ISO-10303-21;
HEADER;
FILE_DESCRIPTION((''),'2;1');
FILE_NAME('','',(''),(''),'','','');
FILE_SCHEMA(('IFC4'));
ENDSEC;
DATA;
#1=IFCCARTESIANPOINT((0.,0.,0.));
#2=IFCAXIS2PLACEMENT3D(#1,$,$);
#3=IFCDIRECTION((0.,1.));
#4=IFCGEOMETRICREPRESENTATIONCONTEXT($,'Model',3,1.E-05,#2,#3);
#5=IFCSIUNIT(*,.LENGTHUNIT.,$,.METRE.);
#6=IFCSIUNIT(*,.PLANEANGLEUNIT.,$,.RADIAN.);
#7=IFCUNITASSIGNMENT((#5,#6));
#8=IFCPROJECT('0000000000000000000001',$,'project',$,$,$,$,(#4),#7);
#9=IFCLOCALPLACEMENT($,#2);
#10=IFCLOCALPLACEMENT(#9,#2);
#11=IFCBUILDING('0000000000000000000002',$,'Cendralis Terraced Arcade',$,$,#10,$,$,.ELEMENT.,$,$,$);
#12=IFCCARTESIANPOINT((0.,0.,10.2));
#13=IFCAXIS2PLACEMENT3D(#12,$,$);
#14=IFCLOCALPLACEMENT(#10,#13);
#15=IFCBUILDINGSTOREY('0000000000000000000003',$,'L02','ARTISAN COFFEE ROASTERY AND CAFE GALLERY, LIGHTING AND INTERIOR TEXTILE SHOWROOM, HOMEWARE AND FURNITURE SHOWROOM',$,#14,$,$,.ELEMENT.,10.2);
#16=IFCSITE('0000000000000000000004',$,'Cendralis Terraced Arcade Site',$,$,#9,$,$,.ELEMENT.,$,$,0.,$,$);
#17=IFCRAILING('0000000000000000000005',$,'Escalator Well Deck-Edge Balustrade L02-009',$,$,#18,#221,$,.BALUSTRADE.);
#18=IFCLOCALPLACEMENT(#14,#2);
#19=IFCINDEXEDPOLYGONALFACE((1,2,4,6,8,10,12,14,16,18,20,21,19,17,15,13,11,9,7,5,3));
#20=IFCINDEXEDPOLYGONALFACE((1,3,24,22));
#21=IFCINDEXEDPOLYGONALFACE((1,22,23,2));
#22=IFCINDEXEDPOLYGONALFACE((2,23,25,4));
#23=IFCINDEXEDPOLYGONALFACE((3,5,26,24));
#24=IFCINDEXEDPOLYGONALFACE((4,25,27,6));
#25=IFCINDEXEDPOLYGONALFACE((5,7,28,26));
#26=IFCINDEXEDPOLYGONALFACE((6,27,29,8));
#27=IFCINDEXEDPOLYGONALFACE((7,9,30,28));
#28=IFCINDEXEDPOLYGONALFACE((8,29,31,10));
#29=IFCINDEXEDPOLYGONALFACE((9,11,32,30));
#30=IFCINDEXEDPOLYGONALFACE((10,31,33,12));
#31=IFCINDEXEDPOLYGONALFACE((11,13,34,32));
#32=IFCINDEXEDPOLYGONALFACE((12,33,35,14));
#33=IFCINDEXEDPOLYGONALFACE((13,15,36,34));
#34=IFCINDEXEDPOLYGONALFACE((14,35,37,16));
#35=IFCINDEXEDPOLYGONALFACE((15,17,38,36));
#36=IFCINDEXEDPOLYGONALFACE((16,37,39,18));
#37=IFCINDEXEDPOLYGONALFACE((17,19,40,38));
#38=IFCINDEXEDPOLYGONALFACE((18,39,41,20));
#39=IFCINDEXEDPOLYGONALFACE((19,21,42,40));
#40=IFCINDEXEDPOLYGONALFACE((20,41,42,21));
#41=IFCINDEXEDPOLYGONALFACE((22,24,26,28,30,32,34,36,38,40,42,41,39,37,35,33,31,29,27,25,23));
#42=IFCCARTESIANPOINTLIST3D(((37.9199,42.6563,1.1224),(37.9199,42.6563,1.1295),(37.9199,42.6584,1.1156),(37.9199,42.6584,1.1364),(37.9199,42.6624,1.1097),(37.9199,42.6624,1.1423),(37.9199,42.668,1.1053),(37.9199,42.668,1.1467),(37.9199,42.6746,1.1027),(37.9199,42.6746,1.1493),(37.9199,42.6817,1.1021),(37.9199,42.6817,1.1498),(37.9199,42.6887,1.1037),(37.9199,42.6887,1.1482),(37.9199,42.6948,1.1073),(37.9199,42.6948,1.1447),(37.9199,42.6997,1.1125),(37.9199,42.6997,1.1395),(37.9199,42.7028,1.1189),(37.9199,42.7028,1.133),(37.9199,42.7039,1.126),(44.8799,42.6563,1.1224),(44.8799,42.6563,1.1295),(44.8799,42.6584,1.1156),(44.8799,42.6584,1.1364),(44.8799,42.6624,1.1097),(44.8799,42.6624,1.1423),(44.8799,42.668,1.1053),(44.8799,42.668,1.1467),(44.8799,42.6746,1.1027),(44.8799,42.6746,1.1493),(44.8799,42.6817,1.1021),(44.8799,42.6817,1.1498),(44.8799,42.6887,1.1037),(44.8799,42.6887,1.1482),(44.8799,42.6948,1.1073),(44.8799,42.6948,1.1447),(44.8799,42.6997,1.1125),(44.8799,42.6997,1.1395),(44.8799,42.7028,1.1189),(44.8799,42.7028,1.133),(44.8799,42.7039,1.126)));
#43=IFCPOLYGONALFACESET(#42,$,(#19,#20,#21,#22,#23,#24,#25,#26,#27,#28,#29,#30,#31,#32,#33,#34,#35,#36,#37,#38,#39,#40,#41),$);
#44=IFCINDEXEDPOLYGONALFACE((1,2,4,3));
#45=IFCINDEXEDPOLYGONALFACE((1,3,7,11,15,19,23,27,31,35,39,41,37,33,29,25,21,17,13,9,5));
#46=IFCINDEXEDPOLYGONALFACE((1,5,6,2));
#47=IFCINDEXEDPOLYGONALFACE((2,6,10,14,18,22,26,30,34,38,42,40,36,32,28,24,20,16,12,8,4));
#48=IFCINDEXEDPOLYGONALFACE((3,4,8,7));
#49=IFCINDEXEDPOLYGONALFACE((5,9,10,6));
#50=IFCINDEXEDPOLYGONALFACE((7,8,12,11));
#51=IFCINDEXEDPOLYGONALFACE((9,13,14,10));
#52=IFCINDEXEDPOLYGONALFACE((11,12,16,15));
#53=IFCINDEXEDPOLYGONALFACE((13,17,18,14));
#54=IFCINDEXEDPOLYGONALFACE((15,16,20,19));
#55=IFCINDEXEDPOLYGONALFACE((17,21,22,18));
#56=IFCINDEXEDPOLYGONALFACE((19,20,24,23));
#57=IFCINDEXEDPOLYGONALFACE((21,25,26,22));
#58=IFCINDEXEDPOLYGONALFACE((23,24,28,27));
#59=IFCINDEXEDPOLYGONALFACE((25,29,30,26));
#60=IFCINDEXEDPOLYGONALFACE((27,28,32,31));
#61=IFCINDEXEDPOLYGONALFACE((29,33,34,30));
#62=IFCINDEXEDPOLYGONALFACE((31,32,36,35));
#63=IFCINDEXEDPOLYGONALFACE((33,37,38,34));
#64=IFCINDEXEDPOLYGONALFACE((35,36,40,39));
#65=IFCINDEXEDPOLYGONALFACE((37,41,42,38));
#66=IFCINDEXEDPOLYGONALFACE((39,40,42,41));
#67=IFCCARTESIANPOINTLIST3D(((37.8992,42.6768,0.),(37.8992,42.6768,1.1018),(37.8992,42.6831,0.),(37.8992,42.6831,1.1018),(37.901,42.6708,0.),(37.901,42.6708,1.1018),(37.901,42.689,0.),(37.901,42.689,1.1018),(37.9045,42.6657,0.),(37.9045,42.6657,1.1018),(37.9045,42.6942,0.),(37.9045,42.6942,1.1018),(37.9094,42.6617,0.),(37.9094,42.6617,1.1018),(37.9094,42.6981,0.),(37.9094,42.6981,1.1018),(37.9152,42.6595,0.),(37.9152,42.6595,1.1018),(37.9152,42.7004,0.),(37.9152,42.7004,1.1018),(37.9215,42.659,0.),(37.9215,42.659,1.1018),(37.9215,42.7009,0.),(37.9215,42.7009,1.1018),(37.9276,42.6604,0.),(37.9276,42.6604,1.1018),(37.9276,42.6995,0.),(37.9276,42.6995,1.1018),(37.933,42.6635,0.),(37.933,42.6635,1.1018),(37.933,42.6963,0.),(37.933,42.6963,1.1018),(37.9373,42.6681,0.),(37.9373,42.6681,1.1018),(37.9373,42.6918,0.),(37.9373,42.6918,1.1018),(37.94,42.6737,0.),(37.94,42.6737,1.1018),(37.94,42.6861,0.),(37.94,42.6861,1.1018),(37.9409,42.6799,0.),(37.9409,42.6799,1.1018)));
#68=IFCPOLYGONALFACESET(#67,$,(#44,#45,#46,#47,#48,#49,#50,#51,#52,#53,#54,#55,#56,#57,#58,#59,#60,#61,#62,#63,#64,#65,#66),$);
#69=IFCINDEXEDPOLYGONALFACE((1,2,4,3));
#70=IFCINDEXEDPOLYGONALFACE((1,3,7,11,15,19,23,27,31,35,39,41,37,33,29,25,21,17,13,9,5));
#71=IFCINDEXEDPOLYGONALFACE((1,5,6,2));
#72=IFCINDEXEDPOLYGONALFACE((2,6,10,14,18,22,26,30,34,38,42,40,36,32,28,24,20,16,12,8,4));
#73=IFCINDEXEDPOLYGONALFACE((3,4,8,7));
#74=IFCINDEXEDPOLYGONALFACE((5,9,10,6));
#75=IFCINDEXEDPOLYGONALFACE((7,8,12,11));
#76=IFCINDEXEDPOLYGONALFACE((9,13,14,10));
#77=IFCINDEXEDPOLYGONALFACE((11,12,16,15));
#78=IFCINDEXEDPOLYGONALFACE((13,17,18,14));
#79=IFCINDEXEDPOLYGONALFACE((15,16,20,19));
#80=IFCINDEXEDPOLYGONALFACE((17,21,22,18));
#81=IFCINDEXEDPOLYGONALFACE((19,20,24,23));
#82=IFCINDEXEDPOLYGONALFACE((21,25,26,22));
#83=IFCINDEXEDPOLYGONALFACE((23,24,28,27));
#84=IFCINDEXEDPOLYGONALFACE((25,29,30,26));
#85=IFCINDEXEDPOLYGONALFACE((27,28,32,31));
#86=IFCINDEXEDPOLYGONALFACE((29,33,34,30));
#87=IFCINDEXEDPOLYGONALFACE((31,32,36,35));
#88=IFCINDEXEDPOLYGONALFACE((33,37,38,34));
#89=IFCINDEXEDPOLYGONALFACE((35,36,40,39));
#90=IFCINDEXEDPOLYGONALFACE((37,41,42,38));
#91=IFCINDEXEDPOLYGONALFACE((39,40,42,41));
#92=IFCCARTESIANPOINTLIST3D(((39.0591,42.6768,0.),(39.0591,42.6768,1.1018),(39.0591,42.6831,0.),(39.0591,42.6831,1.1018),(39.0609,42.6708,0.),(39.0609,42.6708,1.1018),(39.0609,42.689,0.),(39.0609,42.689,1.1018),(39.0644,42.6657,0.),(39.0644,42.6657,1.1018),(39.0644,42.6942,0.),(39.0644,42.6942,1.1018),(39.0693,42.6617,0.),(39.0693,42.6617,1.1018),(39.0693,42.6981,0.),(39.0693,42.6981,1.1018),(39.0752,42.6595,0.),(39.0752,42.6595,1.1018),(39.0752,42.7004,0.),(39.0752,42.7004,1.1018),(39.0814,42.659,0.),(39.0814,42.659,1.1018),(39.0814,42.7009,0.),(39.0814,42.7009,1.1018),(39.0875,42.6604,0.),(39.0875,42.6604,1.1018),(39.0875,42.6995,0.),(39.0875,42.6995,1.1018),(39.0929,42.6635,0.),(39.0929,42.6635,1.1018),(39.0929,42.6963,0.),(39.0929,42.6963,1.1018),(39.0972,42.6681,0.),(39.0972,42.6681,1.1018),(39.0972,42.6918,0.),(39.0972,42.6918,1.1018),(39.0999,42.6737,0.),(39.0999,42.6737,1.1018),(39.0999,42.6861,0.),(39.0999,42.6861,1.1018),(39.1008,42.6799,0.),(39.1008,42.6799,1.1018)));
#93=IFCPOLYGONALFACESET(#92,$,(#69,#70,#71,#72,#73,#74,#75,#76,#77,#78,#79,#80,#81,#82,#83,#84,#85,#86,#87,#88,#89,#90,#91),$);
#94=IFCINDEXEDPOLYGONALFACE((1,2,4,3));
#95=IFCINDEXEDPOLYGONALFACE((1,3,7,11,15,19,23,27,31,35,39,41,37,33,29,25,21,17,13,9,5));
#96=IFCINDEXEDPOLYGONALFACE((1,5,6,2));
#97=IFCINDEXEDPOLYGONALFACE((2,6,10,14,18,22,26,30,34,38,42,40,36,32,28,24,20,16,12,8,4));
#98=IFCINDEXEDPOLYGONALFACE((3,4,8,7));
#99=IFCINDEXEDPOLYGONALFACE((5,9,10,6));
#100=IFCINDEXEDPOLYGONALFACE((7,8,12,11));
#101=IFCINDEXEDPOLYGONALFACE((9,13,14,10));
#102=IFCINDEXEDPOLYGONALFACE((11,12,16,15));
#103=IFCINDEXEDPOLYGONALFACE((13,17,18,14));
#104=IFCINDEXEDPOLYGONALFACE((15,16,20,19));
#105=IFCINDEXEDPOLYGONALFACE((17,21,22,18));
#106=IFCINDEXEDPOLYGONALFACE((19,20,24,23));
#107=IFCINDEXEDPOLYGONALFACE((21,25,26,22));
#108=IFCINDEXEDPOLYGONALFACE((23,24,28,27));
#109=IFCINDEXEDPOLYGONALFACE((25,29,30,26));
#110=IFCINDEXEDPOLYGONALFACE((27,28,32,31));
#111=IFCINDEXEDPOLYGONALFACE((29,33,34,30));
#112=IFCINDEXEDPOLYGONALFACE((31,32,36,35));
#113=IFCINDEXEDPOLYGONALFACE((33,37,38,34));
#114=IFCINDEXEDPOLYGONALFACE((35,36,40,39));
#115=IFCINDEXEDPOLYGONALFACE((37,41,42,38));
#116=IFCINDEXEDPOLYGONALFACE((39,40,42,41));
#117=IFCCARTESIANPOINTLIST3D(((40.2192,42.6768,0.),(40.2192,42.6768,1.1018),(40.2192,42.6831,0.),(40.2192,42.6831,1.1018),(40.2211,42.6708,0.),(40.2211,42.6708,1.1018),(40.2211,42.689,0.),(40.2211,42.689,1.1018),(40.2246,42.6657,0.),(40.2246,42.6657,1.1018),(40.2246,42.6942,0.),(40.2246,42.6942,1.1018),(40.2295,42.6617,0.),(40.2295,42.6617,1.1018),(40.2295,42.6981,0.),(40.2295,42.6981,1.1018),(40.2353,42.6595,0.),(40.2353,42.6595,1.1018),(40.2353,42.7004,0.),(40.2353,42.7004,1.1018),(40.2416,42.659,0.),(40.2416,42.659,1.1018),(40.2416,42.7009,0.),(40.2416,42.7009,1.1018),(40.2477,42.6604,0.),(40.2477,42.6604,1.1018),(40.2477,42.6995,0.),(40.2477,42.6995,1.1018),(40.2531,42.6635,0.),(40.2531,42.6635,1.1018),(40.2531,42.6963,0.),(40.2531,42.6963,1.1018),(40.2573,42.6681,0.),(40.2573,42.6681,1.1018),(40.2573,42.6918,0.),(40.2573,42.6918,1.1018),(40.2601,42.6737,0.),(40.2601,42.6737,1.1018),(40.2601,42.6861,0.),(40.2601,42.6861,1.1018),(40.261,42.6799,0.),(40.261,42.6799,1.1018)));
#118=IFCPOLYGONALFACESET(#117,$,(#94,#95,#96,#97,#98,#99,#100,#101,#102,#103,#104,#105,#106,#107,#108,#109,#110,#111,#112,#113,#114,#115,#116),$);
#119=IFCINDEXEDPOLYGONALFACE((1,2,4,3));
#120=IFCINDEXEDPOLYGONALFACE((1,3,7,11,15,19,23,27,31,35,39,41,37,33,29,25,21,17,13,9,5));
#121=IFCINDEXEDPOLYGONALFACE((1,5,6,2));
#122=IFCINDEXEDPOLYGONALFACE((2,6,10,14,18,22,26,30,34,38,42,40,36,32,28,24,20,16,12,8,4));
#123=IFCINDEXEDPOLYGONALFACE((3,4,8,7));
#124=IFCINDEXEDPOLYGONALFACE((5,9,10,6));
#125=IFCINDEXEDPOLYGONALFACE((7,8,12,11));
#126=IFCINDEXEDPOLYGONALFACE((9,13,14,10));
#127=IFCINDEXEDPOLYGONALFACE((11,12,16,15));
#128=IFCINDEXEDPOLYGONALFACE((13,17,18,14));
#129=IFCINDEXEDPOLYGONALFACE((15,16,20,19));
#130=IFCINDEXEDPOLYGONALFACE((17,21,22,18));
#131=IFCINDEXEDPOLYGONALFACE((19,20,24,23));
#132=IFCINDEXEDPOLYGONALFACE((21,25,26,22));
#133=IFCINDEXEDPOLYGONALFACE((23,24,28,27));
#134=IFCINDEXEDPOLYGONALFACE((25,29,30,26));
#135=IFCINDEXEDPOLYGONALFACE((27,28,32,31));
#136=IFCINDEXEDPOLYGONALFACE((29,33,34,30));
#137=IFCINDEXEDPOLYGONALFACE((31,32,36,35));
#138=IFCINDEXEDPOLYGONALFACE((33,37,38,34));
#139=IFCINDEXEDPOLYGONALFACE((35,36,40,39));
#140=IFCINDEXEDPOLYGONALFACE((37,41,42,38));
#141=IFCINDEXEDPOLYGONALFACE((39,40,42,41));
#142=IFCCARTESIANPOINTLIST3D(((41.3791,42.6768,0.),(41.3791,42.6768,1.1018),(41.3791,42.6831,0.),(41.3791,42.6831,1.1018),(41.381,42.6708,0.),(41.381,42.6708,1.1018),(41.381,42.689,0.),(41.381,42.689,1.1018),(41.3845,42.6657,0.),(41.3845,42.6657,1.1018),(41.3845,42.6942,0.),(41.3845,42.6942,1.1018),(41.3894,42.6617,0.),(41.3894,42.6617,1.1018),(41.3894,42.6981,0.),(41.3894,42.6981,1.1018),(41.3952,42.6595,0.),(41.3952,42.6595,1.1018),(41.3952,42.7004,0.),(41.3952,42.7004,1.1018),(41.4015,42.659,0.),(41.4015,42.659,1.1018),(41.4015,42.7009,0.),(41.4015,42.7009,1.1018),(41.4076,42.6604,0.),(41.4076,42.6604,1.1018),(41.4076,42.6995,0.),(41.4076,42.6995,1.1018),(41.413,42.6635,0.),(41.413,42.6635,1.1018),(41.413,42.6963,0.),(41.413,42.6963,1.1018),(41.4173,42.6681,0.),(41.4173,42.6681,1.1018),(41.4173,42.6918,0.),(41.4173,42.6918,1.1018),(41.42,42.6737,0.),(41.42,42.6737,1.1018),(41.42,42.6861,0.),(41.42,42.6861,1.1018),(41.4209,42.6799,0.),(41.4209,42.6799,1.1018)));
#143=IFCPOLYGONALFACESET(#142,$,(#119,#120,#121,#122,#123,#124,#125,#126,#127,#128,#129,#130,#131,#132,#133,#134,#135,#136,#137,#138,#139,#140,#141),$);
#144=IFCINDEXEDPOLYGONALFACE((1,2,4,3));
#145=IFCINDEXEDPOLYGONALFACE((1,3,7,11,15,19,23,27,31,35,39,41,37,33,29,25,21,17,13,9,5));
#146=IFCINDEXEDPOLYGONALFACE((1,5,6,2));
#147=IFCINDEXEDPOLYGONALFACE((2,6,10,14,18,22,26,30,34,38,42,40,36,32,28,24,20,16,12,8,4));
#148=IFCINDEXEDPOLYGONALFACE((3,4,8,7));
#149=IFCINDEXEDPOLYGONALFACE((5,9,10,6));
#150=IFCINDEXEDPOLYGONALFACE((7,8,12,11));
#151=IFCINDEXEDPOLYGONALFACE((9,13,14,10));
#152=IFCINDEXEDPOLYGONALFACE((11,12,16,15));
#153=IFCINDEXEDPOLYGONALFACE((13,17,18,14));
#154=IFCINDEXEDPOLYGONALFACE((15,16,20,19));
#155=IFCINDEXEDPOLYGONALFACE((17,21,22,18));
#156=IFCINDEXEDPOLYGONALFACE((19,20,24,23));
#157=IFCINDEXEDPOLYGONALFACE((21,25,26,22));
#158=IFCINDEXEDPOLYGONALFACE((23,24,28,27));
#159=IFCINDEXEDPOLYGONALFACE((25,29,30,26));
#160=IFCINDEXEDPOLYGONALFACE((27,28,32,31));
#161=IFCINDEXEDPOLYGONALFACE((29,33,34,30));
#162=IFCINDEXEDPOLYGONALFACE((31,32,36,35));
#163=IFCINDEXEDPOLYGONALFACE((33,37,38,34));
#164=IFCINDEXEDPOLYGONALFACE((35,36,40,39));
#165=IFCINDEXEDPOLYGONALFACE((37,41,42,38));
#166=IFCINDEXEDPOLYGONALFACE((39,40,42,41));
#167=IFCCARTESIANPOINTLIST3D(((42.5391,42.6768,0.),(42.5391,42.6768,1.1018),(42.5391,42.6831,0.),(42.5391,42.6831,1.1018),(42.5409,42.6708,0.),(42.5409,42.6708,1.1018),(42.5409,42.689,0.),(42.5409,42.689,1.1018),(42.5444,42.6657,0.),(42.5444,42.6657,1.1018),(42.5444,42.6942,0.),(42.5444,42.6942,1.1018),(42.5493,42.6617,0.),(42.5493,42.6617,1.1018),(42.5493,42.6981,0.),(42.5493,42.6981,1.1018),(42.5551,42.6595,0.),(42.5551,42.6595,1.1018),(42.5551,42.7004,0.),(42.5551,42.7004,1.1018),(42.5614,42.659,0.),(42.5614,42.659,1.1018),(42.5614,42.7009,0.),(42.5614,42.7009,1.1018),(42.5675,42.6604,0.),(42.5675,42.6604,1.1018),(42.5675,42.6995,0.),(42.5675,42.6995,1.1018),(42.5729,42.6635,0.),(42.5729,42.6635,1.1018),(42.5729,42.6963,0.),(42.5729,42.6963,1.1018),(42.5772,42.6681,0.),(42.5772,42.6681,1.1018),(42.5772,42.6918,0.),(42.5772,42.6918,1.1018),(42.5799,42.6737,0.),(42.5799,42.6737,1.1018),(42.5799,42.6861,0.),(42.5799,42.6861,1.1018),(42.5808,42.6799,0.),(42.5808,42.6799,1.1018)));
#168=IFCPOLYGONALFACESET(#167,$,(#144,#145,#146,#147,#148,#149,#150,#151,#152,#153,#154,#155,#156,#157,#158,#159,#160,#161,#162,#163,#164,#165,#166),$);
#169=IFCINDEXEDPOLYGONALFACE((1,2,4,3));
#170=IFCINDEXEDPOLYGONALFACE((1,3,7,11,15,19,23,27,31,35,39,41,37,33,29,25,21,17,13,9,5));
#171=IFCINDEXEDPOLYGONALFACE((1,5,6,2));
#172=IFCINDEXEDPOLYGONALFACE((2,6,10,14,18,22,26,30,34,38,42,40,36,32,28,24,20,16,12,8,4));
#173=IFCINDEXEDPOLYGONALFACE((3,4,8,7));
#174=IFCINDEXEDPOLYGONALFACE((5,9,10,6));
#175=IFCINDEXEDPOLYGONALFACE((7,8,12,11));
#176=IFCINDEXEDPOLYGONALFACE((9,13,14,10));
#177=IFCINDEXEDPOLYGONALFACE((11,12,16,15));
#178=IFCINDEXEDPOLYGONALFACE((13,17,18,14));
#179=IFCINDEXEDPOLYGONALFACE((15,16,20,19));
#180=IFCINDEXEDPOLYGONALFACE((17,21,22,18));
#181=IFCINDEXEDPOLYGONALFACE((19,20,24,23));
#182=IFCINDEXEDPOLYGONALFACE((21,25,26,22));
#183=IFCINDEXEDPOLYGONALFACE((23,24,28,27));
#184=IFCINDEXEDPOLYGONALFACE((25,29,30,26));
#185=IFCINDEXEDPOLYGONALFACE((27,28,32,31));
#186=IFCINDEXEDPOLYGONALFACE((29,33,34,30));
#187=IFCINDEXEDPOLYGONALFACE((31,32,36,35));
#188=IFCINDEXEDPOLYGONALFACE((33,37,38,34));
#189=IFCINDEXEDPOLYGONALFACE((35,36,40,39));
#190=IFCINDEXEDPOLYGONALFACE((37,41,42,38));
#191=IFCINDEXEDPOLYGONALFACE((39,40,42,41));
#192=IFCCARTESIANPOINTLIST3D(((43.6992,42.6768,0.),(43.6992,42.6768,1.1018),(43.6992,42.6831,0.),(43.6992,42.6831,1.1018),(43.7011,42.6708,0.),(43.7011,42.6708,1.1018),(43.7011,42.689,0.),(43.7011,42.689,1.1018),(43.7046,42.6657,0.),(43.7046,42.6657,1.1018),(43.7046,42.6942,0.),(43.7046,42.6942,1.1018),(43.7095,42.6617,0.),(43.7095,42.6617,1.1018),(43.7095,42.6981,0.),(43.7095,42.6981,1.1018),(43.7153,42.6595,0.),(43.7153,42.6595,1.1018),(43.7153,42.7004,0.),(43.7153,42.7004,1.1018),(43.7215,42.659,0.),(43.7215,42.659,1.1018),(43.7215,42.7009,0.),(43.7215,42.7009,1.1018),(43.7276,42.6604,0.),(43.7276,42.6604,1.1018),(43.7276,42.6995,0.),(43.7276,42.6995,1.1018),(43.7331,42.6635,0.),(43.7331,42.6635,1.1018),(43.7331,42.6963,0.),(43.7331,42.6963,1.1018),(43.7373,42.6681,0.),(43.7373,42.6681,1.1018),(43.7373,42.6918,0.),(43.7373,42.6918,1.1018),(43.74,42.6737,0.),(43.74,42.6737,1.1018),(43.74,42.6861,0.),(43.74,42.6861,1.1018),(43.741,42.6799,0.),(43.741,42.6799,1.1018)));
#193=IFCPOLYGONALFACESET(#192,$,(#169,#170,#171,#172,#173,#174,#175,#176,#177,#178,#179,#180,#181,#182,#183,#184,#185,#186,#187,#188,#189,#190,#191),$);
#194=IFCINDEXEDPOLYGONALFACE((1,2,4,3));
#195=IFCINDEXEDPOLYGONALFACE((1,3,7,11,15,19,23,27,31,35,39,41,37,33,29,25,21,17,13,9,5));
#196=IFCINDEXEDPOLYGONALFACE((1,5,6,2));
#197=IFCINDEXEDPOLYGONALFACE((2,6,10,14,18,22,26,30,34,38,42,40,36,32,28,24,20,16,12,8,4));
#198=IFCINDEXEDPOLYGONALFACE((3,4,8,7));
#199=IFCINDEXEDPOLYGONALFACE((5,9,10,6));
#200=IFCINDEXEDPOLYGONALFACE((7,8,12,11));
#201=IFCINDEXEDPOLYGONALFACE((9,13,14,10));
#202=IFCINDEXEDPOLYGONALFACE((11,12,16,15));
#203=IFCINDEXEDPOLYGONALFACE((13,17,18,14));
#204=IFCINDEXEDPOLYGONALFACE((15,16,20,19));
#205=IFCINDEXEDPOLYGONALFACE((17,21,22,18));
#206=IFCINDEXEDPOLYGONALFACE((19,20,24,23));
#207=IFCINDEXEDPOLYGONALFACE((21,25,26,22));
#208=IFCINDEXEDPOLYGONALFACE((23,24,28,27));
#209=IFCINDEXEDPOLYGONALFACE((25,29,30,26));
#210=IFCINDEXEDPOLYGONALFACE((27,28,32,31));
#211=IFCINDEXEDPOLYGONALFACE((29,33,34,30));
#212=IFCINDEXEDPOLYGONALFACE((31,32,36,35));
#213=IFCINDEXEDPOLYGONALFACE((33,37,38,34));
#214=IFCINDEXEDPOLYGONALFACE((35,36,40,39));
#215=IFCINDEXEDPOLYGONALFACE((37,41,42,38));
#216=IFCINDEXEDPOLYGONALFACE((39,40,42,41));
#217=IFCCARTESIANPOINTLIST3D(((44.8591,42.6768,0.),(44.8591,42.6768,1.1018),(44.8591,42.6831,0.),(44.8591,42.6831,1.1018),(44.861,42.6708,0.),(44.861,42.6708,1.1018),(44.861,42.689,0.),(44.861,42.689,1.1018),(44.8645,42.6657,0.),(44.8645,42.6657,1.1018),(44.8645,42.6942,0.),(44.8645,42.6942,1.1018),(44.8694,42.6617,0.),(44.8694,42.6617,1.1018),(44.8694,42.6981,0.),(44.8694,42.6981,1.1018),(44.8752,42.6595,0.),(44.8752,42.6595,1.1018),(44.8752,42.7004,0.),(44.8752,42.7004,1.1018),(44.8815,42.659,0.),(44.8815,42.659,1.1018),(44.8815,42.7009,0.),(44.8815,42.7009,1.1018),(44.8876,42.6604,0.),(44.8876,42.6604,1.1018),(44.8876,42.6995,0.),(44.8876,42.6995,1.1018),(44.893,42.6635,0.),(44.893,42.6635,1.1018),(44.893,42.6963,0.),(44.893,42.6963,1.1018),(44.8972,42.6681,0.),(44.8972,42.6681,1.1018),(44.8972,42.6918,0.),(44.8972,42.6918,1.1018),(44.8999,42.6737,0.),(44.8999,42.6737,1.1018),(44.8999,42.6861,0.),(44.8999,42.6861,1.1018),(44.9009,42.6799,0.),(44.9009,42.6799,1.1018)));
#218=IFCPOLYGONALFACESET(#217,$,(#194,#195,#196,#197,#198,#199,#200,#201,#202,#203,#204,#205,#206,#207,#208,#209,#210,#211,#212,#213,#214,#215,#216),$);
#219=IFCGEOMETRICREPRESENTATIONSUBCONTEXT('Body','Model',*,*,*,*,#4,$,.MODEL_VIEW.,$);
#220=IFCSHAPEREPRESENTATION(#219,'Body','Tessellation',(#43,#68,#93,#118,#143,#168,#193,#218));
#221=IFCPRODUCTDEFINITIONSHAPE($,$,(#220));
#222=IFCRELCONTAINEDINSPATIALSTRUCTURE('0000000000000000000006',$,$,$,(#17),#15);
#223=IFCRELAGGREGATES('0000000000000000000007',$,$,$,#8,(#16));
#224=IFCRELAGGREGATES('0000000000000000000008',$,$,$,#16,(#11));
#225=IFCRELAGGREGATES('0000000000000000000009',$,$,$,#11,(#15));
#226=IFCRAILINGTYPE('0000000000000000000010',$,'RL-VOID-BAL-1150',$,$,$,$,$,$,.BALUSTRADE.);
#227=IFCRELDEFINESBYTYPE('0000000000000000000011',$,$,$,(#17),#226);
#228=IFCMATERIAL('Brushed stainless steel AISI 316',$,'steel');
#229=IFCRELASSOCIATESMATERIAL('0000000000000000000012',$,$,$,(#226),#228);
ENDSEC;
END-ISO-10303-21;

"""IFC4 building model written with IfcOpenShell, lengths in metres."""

from ifc_helpers import new_model, si_unit, direction, frame, origin, origin_2d, place, context, subcontext, project, spatial, circle, extrude, material, type_object, element, save


model = new_model("IFC4")

# Units and contexts
model_context = context("Model", 3, precision=1e-05, world=origin(), true_north=direction((0.0, 1.0)))
body_context = subcontext(model_context, "Body", "Model", "MODEL_VIEW")
ifc_project = project(units=[si_unit("LENGTHUNIT", "METRE"), si_unit("PLANEANGLEUNIT", "RADIAN")], contexts=[model_context])

# Site, building, storey
site_placement = place(None, origin())
site = spatial("IfcSite", under=ifc_project, at=site_placement, Name="Cendralis Terraced Arcade Site", CompositionType="ELEMENT", RefElevation=0.0)
building_placement = place(site_placement, origin())
building = spatial("IfcBuilding", under=site, at=building_placement, Name="Cendralis Terraced Arcade", CompositionType="ELEMENT")
storey_placement = place(building_placement, frame((0.0, 0.0, 10.2)))
storey = spatial("IfcBuildingStorey", under=building, at=storey_placement, Name="L02", Description="ARTISAN COFFEE ROASTERY AND CAFE GALLERY, LIGHTING AND INTERIOR TEXTILE SHOWROOM, HOMEWARE AND FURNITURE SHOWROOM", CompositionType="ELEMENT", Elevation=10.2)

# Railing
ifc_material_1 = material(Name="Brushed stainless steel AISI 316", Category="steel")
railing_type_1 = type_object("IfcRailingType", Name="RL-VOID-BAL-1150", PredefinedType="BALUSTRADE", material=ifc_material_1)
railing_1_placement = place(storey_placement, frame((37.9199, 42.6799, 0.0)))
element("IfcRailing", 1, at=railing_1_placement, inside=storey, type_object=railing_type_1, Name="Escalator Well Deck-Edge Balustrade L02-009", PredefinedType="BALUSTRADE", context=body_context, shape_type="SweptSolid", body=[
    extrude(circle(Radius=0.0239, at=origin_2d()), frame((0.0, 0.0, 1.126), z_axis=(1.0, 0.0, 0.0), x_axis=(0.0, 1.0, 0.0)), (0.0, 0.0, 1.0), 6.96),
    extrude(circle(Radius=0.021, at=origin_2d()), origin(), (0.0, 0.0, 1.0), 1.1018),
    extrude(circle(Radius=0.021, at=origin_2d()), frame((1.1599, 0.0, 0.0)), (0.0, 0.0, 1.0), 1.1018),
    extrude(circle(Radius=0.021, at=origin_2d()), frame((2.3201, 0.0, 0.0)), (0.0, 0.0, 1.0), 1.1018),
    extrude(circle(Radius=0.021, at=origin_2d()), frame((3.48, 0.0, 0.0)), (0.0, 0.0, 1.0), 1.1018),
    extrude(circle(Radius=0.021, at=origin_2d()), frame((4.6399, 0.0, 0.0)), (0.0, 0.0, 1.0), 1.1018),
    extrude(circle(Radius=0.021, at=origin_2d()), frame((5.8, 0.0, 0.0)), (0.0, 0.0, 1.0), 1.1018),
    extrude(circle(Radius=0.021, at=origin_2d()), frame((6.96, 0.0, 0.0)), (0.0, 0.0, 1.0), 1.1018),
])

save(model, "model.ifc")
